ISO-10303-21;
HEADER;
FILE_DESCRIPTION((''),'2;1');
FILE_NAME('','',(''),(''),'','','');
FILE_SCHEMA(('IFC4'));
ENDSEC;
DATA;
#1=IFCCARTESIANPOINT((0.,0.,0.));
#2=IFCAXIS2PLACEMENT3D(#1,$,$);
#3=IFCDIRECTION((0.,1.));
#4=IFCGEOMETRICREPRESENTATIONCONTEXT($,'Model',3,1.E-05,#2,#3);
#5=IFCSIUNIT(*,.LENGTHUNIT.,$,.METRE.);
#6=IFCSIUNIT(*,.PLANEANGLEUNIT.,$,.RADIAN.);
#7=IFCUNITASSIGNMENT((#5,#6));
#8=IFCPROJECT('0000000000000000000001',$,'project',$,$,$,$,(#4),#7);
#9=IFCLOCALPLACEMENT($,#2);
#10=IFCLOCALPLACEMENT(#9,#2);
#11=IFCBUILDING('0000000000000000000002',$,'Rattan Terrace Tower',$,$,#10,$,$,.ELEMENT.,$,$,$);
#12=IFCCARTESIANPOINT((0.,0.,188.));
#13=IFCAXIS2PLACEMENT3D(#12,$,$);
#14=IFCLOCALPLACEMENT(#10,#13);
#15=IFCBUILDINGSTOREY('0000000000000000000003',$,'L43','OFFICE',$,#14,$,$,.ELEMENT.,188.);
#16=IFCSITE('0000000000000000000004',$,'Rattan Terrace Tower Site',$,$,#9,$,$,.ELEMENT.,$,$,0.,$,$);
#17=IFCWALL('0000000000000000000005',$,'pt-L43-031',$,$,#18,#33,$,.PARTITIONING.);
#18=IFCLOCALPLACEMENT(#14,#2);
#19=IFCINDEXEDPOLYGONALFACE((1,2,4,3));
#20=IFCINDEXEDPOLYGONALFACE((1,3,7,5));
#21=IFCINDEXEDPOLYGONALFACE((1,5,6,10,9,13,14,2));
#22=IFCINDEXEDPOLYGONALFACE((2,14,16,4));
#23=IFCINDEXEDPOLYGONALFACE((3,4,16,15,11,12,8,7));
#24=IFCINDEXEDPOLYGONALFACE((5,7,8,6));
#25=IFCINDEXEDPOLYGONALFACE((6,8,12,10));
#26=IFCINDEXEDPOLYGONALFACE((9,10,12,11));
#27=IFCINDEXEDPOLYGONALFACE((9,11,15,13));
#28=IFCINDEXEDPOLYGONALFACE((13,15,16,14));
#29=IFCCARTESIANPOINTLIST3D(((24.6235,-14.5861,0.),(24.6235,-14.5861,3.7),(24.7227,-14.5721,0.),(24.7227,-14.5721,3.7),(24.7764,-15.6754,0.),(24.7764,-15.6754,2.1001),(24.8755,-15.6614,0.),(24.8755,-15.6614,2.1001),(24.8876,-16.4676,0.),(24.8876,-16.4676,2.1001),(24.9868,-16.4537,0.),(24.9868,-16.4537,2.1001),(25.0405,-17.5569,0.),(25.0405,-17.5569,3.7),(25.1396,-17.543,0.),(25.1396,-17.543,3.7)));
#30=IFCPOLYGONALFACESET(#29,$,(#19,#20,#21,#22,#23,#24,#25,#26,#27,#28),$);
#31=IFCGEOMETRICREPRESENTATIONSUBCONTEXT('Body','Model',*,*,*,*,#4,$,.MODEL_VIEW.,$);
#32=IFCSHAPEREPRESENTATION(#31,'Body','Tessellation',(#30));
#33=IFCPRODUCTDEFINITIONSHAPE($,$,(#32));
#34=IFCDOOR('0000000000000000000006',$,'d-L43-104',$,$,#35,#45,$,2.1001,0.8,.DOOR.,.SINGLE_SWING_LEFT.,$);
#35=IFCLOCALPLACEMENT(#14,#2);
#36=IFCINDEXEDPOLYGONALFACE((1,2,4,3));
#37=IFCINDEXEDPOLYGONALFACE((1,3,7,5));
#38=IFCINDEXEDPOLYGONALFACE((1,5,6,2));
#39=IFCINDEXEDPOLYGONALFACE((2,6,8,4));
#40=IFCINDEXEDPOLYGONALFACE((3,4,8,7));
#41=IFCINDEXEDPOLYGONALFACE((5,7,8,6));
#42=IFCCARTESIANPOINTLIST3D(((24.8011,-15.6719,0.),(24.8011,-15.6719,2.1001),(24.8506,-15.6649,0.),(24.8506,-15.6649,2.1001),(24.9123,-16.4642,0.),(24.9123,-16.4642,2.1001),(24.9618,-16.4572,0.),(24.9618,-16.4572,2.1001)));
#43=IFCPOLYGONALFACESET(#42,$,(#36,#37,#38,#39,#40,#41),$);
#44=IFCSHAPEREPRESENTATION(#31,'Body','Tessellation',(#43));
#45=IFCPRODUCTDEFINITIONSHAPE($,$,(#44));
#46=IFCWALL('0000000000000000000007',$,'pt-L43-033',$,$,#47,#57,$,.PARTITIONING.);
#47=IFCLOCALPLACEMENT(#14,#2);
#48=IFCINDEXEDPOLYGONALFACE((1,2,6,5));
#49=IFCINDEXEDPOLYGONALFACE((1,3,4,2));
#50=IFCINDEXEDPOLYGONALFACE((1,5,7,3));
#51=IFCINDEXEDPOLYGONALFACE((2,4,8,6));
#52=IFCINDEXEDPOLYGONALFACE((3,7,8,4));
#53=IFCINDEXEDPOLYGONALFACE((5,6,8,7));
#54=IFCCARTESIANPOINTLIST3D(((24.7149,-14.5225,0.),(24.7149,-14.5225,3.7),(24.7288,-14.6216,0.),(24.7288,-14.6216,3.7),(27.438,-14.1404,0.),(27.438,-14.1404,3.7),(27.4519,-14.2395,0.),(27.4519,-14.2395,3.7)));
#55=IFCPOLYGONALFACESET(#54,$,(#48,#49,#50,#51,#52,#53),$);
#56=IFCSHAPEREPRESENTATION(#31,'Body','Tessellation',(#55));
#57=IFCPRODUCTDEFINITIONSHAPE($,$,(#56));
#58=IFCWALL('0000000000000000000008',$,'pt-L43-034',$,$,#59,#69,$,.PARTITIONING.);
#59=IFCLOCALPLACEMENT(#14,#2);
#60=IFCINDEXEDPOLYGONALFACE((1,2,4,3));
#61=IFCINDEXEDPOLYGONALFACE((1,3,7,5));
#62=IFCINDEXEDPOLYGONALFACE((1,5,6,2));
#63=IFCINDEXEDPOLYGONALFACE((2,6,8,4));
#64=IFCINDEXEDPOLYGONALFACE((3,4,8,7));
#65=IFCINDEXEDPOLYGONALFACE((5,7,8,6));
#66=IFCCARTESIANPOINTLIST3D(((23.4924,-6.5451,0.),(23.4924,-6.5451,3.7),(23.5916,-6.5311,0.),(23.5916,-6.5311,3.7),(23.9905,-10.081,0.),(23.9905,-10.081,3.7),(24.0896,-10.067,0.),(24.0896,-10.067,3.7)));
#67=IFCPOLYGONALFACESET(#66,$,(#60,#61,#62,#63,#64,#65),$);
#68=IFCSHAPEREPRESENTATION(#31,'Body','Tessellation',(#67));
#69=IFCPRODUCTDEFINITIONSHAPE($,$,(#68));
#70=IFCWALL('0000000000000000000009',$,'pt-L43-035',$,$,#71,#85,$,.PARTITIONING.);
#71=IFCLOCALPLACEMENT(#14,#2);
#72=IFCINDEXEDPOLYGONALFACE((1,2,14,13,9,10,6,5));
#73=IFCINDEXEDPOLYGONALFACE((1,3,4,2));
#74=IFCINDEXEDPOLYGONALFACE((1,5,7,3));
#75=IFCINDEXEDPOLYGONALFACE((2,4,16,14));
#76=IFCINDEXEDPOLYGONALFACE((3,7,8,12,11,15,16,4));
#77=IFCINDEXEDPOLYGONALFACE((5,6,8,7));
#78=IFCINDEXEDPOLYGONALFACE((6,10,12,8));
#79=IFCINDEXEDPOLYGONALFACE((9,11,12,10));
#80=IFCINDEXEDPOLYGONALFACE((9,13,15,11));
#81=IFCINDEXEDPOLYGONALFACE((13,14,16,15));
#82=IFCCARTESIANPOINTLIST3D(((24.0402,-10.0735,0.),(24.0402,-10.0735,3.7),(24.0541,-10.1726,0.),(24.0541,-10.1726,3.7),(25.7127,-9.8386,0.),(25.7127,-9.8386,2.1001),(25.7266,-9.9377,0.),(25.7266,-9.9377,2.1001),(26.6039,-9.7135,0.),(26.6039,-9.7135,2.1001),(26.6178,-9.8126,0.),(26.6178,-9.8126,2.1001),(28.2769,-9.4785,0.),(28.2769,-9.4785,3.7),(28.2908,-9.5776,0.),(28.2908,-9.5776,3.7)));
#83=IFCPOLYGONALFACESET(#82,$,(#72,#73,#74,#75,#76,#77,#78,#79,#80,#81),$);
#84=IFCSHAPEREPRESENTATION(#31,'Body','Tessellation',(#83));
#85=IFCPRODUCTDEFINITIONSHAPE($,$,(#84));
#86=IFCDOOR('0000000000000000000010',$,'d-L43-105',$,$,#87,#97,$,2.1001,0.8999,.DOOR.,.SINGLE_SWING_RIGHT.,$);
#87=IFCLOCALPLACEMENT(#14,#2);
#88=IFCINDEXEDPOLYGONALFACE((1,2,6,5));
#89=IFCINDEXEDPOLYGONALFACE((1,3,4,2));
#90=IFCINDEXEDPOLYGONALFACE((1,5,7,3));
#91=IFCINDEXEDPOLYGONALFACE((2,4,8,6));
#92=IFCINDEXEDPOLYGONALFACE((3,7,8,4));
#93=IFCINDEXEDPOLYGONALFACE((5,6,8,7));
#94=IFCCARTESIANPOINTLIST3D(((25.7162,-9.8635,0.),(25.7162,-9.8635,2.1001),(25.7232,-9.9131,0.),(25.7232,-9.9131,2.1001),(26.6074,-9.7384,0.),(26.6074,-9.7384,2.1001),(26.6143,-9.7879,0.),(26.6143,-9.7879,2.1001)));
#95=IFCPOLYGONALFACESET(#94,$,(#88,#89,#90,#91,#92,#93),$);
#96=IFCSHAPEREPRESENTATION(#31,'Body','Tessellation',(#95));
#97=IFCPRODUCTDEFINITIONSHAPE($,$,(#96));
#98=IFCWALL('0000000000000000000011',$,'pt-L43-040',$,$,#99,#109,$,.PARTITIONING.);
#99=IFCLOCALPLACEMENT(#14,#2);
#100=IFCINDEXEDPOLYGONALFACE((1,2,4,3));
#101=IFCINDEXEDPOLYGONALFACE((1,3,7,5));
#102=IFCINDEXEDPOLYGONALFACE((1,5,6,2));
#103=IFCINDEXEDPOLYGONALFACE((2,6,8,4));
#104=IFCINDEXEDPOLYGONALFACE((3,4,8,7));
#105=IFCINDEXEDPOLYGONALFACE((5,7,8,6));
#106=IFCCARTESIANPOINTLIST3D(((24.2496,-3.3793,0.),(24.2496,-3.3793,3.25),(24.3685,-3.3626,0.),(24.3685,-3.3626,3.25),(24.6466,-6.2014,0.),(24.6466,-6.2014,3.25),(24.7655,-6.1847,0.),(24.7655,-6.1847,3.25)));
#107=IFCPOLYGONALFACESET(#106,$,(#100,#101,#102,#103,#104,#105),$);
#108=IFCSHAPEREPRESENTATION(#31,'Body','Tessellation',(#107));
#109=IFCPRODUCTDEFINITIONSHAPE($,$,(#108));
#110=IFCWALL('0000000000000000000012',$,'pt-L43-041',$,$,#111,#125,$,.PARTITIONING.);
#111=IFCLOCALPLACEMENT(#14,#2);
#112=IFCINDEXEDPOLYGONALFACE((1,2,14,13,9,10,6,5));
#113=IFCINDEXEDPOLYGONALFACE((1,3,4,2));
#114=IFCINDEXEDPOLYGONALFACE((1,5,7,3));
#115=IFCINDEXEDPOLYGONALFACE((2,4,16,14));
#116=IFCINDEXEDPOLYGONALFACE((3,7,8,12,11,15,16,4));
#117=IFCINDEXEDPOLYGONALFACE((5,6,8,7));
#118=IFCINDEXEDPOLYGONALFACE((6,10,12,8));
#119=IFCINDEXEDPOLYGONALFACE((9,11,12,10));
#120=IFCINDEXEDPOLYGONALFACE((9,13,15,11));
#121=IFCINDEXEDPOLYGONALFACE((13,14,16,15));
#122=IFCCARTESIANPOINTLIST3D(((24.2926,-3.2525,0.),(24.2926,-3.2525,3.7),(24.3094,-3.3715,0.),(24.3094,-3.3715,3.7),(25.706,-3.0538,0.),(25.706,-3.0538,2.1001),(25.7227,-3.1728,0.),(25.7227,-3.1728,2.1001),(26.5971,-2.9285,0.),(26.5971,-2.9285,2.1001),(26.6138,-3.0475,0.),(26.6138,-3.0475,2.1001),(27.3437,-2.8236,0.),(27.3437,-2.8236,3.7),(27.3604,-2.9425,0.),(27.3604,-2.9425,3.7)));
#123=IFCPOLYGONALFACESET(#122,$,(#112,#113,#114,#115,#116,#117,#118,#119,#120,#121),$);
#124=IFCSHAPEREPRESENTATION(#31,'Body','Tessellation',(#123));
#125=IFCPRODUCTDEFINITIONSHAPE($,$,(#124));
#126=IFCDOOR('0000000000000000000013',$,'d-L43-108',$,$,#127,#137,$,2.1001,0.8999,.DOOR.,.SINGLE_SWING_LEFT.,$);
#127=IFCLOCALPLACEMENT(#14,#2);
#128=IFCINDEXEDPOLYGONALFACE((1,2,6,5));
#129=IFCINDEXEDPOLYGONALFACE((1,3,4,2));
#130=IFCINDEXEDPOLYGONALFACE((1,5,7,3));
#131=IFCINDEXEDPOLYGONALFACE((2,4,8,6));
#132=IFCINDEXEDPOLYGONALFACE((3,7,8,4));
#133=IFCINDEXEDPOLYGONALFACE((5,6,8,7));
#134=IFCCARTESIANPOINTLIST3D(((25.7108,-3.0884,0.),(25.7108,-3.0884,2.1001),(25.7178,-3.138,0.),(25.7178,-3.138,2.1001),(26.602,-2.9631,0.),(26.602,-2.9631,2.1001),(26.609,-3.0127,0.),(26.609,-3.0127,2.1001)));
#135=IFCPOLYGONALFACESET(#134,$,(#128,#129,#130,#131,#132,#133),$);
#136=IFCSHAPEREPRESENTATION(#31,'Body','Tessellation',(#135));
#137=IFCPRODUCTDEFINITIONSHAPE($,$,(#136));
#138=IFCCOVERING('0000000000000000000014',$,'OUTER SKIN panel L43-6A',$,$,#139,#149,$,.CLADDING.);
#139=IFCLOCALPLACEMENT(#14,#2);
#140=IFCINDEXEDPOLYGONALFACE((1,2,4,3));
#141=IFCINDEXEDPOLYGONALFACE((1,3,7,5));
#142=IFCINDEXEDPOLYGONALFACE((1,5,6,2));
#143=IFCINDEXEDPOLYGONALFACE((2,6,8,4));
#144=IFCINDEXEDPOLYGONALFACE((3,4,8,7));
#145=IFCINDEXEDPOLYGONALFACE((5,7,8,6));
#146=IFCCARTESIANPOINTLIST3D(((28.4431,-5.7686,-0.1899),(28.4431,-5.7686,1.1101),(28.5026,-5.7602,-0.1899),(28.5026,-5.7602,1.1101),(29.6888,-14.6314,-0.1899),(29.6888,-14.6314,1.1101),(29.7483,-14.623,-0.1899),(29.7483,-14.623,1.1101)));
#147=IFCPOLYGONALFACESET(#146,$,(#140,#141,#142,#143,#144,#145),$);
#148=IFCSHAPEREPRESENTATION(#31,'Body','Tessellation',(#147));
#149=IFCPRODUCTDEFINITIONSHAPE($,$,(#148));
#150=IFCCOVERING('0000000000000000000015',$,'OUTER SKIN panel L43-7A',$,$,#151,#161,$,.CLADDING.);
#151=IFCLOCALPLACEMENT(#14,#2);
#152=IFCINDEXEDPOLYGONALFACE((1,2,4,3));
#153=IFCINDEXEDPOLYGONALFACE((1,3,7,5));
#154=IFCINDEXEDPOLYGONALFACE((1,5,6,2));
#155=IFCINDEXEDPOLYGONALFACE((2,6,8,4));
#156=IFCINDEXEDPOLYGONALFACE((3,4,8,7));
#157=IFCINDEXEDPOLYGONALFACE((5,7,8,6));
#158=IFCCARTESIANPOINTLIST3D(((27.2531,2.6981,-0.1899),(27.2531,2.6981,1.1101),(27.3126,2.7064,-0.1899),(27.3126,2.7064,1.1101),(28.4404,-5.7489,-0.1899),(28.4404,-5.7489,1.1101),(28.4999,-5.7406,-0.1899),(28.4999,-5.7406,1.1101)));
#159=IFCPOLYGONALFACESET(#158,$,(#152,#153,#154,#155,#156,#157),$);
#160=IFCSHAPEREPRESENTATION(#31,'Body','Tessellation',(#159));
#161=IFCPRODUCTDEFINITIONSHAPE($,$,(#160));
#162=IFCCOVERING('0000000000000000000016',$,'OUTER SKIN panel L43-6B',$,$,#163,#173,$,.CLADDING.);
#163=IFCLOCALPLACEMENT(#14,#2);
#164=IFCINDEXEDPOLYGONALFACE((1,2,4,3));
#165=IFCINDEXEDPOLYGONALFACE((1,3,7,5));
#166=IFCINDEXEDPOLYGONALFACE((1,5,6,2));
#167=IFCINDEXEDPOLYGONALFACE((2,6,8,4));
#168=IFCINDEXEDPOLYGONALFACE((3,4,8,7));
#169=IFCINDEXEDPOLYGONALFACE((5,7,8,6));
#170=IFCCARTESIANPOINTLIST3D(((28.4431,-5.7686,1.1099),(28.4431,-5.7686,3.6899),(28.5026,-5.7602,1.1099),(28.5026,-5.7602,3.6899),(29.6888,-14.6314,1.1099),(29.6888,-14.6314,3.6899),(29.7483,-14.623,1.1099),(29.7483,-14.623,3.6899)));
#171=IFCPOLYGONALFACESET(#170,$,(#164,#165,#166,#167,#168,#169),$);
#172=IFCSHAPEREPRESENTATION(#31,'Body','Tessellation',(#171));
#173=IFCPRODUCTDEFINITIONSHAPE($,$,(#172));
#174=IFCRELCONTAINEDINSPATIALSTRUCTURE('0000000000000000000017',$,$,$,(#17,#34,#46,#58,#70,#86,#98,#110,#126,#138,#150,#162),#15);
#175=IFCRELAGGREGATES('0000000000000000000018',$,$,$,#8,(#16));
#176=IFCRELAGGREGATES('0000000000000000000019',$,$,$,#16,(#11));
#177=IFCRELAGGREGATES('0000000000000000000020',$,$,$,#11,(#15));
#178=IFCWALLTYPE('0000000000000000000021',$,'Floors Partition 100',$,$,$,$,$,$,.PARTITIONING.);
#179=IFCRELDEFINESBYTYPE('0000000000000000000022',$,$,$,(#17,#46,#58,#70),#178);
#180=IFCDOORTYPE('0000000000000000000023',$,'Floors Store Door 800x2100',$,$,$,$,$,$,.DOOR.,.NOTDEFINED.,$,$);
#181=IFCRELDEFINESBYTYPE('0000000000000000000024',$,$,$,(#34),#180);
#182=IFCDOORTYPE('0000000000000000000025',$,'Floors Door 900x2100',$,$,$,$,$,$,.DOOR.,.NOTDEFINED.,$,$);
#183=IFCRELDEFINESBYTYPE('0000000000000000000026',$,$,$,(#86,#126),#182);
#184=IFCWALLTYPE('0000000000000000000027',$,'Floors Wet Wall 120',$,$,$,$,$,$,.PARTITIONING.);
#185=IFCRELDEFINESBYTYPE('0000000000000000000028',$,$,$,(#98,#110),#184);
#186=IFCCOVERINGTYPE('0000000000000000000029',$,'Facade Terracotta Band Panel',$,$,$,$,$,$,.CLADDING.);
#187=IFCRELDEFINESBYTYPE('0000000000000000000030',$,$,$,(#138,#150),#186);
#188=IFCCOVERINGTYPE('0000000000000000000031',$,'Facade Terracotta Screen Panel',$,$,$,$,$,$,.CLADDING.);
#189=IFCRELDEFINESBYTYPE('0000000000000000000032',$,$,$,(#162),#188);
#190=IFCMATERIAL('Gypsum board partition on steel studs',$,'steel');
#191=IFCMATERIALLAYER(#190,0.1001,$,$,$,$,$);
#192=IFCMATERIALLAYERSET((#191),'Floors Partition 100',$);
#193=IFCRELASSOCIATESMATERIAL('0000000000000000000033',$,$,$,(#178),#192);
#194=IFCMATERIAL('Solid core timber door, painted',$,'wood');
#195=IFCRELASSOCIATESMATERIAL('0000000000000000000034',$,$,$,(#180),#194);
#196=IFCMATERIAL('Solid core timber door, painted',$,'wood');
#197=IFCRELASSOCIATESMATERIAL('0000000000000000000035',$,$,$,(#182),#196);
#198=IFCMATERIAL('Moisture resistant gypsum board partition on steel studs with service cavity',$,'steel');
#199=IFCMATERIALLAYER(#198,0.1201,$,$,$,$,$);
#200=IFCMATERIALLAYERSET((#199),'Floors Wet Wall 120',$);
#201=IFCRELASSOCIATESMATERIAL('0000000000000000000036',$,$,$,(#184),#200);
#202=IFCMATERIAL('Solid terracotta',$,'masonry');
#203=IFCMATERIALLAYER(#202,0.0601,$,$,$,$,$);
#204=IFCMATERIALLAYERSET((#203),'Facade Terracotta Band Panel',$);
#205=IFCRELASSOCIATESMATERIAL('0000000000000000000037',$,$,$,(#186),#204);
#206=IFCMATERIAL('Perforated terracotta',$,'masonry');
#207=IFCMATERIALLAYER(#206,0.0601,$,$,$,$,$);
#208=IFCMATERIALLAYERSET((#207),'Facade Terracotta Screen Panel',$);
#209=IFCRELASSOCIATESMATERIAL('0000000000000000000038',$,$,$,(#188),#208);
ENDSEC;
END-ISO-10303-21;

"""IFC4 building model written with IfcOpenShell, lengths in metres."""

from ifc_helpers import new_model, si_unit, direction, frame, frame_2d, origin, origin_2d, place, context, subcontext, project, spatial, rectangle, extrude, material, layer, layer_set, type_object, element, fill, save


model = new_model("IFC4")

# Units and contexts
model_context = context("Model", 3, precision=1e-05, world=origin(), true_north=direction((0.0, 1.0)))
body_context = subcontext(model_context, "Body", "Model", "MODEL_VIEW")
ifc_project = project(units=[si_unit("LENGTHUNIT", "METRE"), si_unit("PLANEANGLEUNIT", "RADIAN")], contexts=[model_context])

# Site, building, storey
site_placement = place(None, origin())
site = spatial("IfcSite", under=ifc_project, at=site_placement, Name="Rattan Terrace Tower Site", CompositionType="ELEMENT", RefElevation=0.0)
building_placement = place(site_placement, origin())
building = spatial("IfcBuilding", under=site, at=building_placement, Name="Rattan Terrace Tower", CompositionType="ELEMENT")
storey_placement = place(building_placement, frame((0.0, 0.0, 188.0)))
storey = spatial("IfcBuildingStorey", under=building, at=storey_placement, Name="L43", Description="OFFICE", CompositionType="ELEMENT", Elevation=188.0)

# Wall, opening, door
ifc_material_1 = material(Name="Gypsum board partition on steel studs", Category="steel")
ifc_layer_1 = layer(ifc_material_1, 0.1001)
ifc_layer_set_1 = layer_set([ifc_layer_1], Name="Floors Partition 100")
wall_type_1 = type_object("IfcWallType", Name="Floors Partition 100", PredefinedType="PARTITIONING", material=ifc_layer_set_1)
wall_1_placement = place(storey_placement, frame((24.6731, -14.5791, 0.0), z_axis=(0.0, 0.0, 1.0), x_axis=(0.138994, -0.990293, 0.0)))
wall_1 = element("IfcWall", 1, at=wall_1_placement, inside=storey, type_object=wall_type_1, Name="pt-L43-031", PredefinedType="PARTITIONING", context=body_context, shape_type="SweptSolid", body=[
    extrude(rectangle(XDim=3.0, YDim=0.1001, at=frame_2d((1.5, 0.0))), origin(), (0.0, 0.0, 1.0), 3.7),
])
opening_1_placement = place(wall_1_placement, frame((1.1001, 0.0, 0.0)))
opening_1 = element("IfcOpeningElement", 2, at=opening_1_placement, cuts=wall_1, PredefinedType="OPENING", context=body_context, shape_type="SweptSolid", body=[
    extrude(rectangle(XDim=0.8, YDim=2.1001, at=frame_2d((0.3999, 1.05))), frame((0.0, 0.0605, 0.0), z_axis=(0.0, -1.0, 0.0), x_axis=(1.0, 0.0, 0.0)), (0.0, 0.0, 1.0), 0.1211),
])
ifc_material_2 = material(Name="Solid core timber door, painted", Category="wood")
door_type_1 = type_object("IfcDoorType", Name="Floors Store Door 800x2100", OperationType="NOTDEFINED", PredefinedType="DOOR", material=ifc_material_2)
door_1_placement = place(opening_1_placement, origin())
door_1 = element("IfcDoor", 3, at=door_1_placement, inside=storey, type_object=door_type_1, Name="d-L43-104", OperationType="SINGLE_SWING_LEFT", OverallHeight=2.1001, OverallWidth=0.8, PredefinedType="DOOR", context=body_context, shape_type="SweptSolid", body=[
    extrude(rectangle(XDim=0.8, YDim=2.1001, at=frame_2d((0.3999, 1.05))), frame((0.0, 0.0249, 0.0), z_axis=(0.0, -1.0, 0.0), x_axis=(1.0, 0.0, 0.0)), (0.0, 0.0, 1.0), 0.05),
])
fill(opening_1, door_1)

# Walls
wall_2_placement = place(storey_placement, frame((27.4451, -14.1899, 0.0), z_axis=(0.0, 0.0, 1.0), x_axis=(-0.9903, -0.138947, 0.0)))
element("IfcWall", 4, at=wall_2_placement, inside=storey, type_object=wall_type_1, Name="pt-L43-033", PredefinedType="PARTITIONING", context=body_context, shape_type="SweptSolid", body=[
    extrude(rectangle(XDim=2.7498, YDim=0.1001, at=frame_2d((1.375, 0.0))), origin(), (0.0, 0.0, 1.0), 3.7),
])
wall_3_placement = place(storey_placement, frame((23.542, -6.5381, 0.0), z_axis=(0.0, 0.0, 1.0), x_axis=(0.139478, -0.990225, 0.0)))
element("IfcWall", 5, at=wall_3_placement, inside=storey, type_object=wall_type_1, Name="pt-L43-034", PredefinedType="PARTITIONING", context=body_context, shape_type="SweptSolid", body=[
    extrude(rectangle(XDim=3.5708, YDim=0.1001, at=frame_2d((1.7854, 0.0))), origin(), (0.0, 0.0, 1.0), 3.7),
])

# Wall, opening, door
wall_4_placement = place(storey_placement, frame((24.0471, -10.123, 0.0), z_axis=(0.0, 0.0, 1.0), x_axis=(0.990283, 0.139064, 0.0)))
wall_4 = element("IfcWall", 6, at=wall_4_placement, inside=storey, type_object=wall_type_1, Name="pt-L43-035", PredefinedType="PARTITIONING", context=body_context, shape_type="SweptSolid", body=[
    extrude(rectangle(XDim=4.2783, YDim=0.1001, at=frame_2d((2.1392, 0.0))), origin(), (0.0, 0.0, 1.0), 3.7),
])
opening_2_placement = place(wall_4_placement, frame((1.689, 0.0, 0.0)))
opening_2 = element("IfcOpeningElement", 7, at=opening_2_placement, cuts=wall_4, PredefinedType="OPENING", context=body_context, shape_type="SweptSolid", body=[
    extrude(rectangle(XDim=0.8999, YDim=2.1001, at=frame_2d((0.45, 1.05))), frame((0.0, 0.0605, 0.0), z_axis=(0.0, -1.0, 0.0), x_axis=(1.0, 0.0, 0.0)), (0.0, 0.0, 1.0), 0.1211),
])
ifc_material_3 = material(Name="Solid core timber door, painted", Category="wood")
door_type_2 = type_object("IfcDoorType", Name="Floors Door 900x2100", OperationType="NOTDEFINED", PredefinedType="DOOR", material=ifc_material_3)
door_2_placement = place(opening_2_placement, origin())
door_2 = element("IfcDoor", 8, at=door_2_placement, inside=storey, type_object=door_type_2, Name="d-L43-105", OperationType="SINGLE_SWING_RIGHT", OverallHeight=2.1001, OverallWidth=0.8999, PredefinedType="DOOR", context=body_context, shape_type="SweptSolid", body=[
    extrude(rectangle(XDim=0.8999, YDim=2.1001, at=frame_2d((0.45, 1.05))), frame((0.0, 0.0249, 0.0), z_axis=(0.0, -1.0, 0.0), x_axis=(1.0, 0.0, 0.0)), (0.0, 0.0, 1.0), 0.05),
])
fill(opening_2, door_2)

# Wall
ifc_material_4 = material(Name="Moisture resistant gypsum board partition on steel studs with service cavity", Category="steel")
ifc_layer_2 = layer(ifc_material_4, 0.1201)
ifc_layer_set_2 = layer_set([ifc_layer_2], Name="Floors Wet Wall 120")
wall_type_2 = type_object("IfcWallType", Name="Floors Wet Wall 120", PredefinedType="PARTITIONING", material=ifc_layer_set_2)
wall_5_placement = place(storey_placement, frame((24.3091, -3.3711, 0.0), z_axis=(0.0, 0.0, 1.0), x_axis=(0.139298, -0.99025, 0.0)))
element("IfcWall", 9, at=wall_5_placement, inside=storey, type_object=wall_type_2, Name="pt-L43-040", PredefinedType="PARTITIONING", context=body_context, shape_type="SweptSolid", body=[
    extrude(rectangle(XDim=2.8499, YDim=0.1201, at=frame_2d((1.4248, 0.0))), origin(), (0.0, 0.0, 1.0), 3.25),
])

# Wall, opening, door
wall_6_placement = place(storey_placement, frame((27.3521, -2.8831, 0.0), z_axis=(0.0, 0.0, 1.0), x_axis=(-0.990261, -0.139224, 0.0)))
wall_6 = element("IfcWall", 10, at=wall_6_placement, inside=storey, type_object=wall_type_2, Name="pt-L43-041", PredefinedType="PARTITIONING", context=body_context, shape_type="SweptSolid", body=[
    extrude(rectangle(XDim=3.0811, YDim=0.1201, at=frame_2d((1.5405, 0.0))), origin(), (0.0, 0.0, 1.0), 3.7),
])
opening_3_placement = place(wall_6_placement, frame((0.7539, 0.0, 0.0)))
opening_3 = element("IfcOpeningElement", 11, at=opening_3_placement, cuts=wall_6, PredefinedType="OPENING", context=body_context, shape_type="SweptSolid", body=[
    extrude(rectangle(XDim=0.8999, YDim=2.1001, at=frame_2d((0.45, 1.05))), frame((0.0, 0.0706, 0.0), z_axis=(0.0, -1.0, 0.0), x_axis=(1.0, 0.0, 0.0)), (0.0, 0.0, 1.0), 0.1411),
])
door_3_placement = place(opening_3_placement, origin())
door_3 = element("IfcDoor", 12, at=door_3_placement, inside=storey, type_object=door_type_2, Name="d-L43-108", OperationType="SINGLE_SWING_LEFT", OverallHeight=2.1001, OverallWidth=0.8999, PredefinedType="DOOR", context=body_context, shape_type="SweptSolid", body=[
    extrude(rectangle(XDim=0.8999, YDim=2.1001, at=frame_2d((0.45, 1.05))), frame((0.0, 0.0249, 0.0), z_axis=(0.0, -1.0, 0.0), x_axis=(1.0, 0.0, 0.0)), (0.0, 0.0, 1.0), 0.05),
])
fill(opening_3, door_3)

# Coverings
ifc_material_5 = material(Name="Solid terracotta", Category="masonry")
ifc_layer_3 = layer(ifc_material_5, 0.0601)
ifc_layer_set_3 = layer_set([ifc_layer_3], Name="Facade Terracotta Band Panel")
covering_type_1 = type_object("IfcCoveringType", Name="Facade Terracotta Band Panel", PredefinedType="CLADDING", material=ifc_layer_set_3)
covering_1_placement = place(storey_placement, frame((29.0957, -10.1958, -0.1899), z_axis=(0.0, 0.0, 1.0), x_axis=(-0.139191, 0.990266, 0.0)))
element("IfcCovering", 13, at=covering_1_placement, inside=storey, type_object=covering_type_1, Name="OUTER SKIN panel L43-6A", PredefinedType="CLADDING", context=body_context, shape_type="SweptSolid", body=[
    extrude(rectangle(XDim=8.95, YDim=0.0601, at=origin_2d()), origin(), (0.0, 0.0, 1.0), 1.3),
])
covering_2_placement = place(storey_placement, frame((27.8765, -1.5212, -0.1899), z_axis=(0.0, 0.0, 1.0), x_axis=(-0.139191, 0.990266, 0.0)))
element("IfcCovering", 14, at=covering_2_placement, inside=storey, type_object=covering_type_1, Name="OUTER SKIN panel L43-7A", PredefinedType="CLADDING", context=body_context, shape_type="SweptSolid", body=[
    extrude(rectangle(XDim=8.53, YDim=0.0601, at=origin_2d()), origin(), (0.0, 0.0, 1.0), 1.3),
])
ifc_material_6 = material(Name="Perforated terracotta", Category="masonry")
ifc_layer_4 = layer(ifc_material_6, 0.0601)
ifc_layer_set_4 = layer_set([ifc_layer_4], Name="Facade Terracotta Screen Panel")
covering_type_2 = type_object("IfcCoveringType", Name="Facade Terracotta Screen Panel", PredefinedType="CLADDING", material=ifc_layer_set_4)
covering_3_placement = place(storey_placement, frame((29.0957, -10.1958, 1.1099), z_axis=(0.0, 0.0, 1.0), x_axis=(-0.139191, 0.990266, 0.0)))
element("IfcCovering", 15, at=covering_3_placement, inside=storey, type_object=covering_type_2, Name="OUTER SKIN panel L43-6B", PredefinedType="CLADDING", context=body_context, shape_type="SweptSolid", body=[
    extrude(rectangle(XDim=8.95, YDim=0.0601, at=origin_2d()), origin(), (0.0, 0.0, 1.0), 2.5801),
])

save(model, "model.ifc")
